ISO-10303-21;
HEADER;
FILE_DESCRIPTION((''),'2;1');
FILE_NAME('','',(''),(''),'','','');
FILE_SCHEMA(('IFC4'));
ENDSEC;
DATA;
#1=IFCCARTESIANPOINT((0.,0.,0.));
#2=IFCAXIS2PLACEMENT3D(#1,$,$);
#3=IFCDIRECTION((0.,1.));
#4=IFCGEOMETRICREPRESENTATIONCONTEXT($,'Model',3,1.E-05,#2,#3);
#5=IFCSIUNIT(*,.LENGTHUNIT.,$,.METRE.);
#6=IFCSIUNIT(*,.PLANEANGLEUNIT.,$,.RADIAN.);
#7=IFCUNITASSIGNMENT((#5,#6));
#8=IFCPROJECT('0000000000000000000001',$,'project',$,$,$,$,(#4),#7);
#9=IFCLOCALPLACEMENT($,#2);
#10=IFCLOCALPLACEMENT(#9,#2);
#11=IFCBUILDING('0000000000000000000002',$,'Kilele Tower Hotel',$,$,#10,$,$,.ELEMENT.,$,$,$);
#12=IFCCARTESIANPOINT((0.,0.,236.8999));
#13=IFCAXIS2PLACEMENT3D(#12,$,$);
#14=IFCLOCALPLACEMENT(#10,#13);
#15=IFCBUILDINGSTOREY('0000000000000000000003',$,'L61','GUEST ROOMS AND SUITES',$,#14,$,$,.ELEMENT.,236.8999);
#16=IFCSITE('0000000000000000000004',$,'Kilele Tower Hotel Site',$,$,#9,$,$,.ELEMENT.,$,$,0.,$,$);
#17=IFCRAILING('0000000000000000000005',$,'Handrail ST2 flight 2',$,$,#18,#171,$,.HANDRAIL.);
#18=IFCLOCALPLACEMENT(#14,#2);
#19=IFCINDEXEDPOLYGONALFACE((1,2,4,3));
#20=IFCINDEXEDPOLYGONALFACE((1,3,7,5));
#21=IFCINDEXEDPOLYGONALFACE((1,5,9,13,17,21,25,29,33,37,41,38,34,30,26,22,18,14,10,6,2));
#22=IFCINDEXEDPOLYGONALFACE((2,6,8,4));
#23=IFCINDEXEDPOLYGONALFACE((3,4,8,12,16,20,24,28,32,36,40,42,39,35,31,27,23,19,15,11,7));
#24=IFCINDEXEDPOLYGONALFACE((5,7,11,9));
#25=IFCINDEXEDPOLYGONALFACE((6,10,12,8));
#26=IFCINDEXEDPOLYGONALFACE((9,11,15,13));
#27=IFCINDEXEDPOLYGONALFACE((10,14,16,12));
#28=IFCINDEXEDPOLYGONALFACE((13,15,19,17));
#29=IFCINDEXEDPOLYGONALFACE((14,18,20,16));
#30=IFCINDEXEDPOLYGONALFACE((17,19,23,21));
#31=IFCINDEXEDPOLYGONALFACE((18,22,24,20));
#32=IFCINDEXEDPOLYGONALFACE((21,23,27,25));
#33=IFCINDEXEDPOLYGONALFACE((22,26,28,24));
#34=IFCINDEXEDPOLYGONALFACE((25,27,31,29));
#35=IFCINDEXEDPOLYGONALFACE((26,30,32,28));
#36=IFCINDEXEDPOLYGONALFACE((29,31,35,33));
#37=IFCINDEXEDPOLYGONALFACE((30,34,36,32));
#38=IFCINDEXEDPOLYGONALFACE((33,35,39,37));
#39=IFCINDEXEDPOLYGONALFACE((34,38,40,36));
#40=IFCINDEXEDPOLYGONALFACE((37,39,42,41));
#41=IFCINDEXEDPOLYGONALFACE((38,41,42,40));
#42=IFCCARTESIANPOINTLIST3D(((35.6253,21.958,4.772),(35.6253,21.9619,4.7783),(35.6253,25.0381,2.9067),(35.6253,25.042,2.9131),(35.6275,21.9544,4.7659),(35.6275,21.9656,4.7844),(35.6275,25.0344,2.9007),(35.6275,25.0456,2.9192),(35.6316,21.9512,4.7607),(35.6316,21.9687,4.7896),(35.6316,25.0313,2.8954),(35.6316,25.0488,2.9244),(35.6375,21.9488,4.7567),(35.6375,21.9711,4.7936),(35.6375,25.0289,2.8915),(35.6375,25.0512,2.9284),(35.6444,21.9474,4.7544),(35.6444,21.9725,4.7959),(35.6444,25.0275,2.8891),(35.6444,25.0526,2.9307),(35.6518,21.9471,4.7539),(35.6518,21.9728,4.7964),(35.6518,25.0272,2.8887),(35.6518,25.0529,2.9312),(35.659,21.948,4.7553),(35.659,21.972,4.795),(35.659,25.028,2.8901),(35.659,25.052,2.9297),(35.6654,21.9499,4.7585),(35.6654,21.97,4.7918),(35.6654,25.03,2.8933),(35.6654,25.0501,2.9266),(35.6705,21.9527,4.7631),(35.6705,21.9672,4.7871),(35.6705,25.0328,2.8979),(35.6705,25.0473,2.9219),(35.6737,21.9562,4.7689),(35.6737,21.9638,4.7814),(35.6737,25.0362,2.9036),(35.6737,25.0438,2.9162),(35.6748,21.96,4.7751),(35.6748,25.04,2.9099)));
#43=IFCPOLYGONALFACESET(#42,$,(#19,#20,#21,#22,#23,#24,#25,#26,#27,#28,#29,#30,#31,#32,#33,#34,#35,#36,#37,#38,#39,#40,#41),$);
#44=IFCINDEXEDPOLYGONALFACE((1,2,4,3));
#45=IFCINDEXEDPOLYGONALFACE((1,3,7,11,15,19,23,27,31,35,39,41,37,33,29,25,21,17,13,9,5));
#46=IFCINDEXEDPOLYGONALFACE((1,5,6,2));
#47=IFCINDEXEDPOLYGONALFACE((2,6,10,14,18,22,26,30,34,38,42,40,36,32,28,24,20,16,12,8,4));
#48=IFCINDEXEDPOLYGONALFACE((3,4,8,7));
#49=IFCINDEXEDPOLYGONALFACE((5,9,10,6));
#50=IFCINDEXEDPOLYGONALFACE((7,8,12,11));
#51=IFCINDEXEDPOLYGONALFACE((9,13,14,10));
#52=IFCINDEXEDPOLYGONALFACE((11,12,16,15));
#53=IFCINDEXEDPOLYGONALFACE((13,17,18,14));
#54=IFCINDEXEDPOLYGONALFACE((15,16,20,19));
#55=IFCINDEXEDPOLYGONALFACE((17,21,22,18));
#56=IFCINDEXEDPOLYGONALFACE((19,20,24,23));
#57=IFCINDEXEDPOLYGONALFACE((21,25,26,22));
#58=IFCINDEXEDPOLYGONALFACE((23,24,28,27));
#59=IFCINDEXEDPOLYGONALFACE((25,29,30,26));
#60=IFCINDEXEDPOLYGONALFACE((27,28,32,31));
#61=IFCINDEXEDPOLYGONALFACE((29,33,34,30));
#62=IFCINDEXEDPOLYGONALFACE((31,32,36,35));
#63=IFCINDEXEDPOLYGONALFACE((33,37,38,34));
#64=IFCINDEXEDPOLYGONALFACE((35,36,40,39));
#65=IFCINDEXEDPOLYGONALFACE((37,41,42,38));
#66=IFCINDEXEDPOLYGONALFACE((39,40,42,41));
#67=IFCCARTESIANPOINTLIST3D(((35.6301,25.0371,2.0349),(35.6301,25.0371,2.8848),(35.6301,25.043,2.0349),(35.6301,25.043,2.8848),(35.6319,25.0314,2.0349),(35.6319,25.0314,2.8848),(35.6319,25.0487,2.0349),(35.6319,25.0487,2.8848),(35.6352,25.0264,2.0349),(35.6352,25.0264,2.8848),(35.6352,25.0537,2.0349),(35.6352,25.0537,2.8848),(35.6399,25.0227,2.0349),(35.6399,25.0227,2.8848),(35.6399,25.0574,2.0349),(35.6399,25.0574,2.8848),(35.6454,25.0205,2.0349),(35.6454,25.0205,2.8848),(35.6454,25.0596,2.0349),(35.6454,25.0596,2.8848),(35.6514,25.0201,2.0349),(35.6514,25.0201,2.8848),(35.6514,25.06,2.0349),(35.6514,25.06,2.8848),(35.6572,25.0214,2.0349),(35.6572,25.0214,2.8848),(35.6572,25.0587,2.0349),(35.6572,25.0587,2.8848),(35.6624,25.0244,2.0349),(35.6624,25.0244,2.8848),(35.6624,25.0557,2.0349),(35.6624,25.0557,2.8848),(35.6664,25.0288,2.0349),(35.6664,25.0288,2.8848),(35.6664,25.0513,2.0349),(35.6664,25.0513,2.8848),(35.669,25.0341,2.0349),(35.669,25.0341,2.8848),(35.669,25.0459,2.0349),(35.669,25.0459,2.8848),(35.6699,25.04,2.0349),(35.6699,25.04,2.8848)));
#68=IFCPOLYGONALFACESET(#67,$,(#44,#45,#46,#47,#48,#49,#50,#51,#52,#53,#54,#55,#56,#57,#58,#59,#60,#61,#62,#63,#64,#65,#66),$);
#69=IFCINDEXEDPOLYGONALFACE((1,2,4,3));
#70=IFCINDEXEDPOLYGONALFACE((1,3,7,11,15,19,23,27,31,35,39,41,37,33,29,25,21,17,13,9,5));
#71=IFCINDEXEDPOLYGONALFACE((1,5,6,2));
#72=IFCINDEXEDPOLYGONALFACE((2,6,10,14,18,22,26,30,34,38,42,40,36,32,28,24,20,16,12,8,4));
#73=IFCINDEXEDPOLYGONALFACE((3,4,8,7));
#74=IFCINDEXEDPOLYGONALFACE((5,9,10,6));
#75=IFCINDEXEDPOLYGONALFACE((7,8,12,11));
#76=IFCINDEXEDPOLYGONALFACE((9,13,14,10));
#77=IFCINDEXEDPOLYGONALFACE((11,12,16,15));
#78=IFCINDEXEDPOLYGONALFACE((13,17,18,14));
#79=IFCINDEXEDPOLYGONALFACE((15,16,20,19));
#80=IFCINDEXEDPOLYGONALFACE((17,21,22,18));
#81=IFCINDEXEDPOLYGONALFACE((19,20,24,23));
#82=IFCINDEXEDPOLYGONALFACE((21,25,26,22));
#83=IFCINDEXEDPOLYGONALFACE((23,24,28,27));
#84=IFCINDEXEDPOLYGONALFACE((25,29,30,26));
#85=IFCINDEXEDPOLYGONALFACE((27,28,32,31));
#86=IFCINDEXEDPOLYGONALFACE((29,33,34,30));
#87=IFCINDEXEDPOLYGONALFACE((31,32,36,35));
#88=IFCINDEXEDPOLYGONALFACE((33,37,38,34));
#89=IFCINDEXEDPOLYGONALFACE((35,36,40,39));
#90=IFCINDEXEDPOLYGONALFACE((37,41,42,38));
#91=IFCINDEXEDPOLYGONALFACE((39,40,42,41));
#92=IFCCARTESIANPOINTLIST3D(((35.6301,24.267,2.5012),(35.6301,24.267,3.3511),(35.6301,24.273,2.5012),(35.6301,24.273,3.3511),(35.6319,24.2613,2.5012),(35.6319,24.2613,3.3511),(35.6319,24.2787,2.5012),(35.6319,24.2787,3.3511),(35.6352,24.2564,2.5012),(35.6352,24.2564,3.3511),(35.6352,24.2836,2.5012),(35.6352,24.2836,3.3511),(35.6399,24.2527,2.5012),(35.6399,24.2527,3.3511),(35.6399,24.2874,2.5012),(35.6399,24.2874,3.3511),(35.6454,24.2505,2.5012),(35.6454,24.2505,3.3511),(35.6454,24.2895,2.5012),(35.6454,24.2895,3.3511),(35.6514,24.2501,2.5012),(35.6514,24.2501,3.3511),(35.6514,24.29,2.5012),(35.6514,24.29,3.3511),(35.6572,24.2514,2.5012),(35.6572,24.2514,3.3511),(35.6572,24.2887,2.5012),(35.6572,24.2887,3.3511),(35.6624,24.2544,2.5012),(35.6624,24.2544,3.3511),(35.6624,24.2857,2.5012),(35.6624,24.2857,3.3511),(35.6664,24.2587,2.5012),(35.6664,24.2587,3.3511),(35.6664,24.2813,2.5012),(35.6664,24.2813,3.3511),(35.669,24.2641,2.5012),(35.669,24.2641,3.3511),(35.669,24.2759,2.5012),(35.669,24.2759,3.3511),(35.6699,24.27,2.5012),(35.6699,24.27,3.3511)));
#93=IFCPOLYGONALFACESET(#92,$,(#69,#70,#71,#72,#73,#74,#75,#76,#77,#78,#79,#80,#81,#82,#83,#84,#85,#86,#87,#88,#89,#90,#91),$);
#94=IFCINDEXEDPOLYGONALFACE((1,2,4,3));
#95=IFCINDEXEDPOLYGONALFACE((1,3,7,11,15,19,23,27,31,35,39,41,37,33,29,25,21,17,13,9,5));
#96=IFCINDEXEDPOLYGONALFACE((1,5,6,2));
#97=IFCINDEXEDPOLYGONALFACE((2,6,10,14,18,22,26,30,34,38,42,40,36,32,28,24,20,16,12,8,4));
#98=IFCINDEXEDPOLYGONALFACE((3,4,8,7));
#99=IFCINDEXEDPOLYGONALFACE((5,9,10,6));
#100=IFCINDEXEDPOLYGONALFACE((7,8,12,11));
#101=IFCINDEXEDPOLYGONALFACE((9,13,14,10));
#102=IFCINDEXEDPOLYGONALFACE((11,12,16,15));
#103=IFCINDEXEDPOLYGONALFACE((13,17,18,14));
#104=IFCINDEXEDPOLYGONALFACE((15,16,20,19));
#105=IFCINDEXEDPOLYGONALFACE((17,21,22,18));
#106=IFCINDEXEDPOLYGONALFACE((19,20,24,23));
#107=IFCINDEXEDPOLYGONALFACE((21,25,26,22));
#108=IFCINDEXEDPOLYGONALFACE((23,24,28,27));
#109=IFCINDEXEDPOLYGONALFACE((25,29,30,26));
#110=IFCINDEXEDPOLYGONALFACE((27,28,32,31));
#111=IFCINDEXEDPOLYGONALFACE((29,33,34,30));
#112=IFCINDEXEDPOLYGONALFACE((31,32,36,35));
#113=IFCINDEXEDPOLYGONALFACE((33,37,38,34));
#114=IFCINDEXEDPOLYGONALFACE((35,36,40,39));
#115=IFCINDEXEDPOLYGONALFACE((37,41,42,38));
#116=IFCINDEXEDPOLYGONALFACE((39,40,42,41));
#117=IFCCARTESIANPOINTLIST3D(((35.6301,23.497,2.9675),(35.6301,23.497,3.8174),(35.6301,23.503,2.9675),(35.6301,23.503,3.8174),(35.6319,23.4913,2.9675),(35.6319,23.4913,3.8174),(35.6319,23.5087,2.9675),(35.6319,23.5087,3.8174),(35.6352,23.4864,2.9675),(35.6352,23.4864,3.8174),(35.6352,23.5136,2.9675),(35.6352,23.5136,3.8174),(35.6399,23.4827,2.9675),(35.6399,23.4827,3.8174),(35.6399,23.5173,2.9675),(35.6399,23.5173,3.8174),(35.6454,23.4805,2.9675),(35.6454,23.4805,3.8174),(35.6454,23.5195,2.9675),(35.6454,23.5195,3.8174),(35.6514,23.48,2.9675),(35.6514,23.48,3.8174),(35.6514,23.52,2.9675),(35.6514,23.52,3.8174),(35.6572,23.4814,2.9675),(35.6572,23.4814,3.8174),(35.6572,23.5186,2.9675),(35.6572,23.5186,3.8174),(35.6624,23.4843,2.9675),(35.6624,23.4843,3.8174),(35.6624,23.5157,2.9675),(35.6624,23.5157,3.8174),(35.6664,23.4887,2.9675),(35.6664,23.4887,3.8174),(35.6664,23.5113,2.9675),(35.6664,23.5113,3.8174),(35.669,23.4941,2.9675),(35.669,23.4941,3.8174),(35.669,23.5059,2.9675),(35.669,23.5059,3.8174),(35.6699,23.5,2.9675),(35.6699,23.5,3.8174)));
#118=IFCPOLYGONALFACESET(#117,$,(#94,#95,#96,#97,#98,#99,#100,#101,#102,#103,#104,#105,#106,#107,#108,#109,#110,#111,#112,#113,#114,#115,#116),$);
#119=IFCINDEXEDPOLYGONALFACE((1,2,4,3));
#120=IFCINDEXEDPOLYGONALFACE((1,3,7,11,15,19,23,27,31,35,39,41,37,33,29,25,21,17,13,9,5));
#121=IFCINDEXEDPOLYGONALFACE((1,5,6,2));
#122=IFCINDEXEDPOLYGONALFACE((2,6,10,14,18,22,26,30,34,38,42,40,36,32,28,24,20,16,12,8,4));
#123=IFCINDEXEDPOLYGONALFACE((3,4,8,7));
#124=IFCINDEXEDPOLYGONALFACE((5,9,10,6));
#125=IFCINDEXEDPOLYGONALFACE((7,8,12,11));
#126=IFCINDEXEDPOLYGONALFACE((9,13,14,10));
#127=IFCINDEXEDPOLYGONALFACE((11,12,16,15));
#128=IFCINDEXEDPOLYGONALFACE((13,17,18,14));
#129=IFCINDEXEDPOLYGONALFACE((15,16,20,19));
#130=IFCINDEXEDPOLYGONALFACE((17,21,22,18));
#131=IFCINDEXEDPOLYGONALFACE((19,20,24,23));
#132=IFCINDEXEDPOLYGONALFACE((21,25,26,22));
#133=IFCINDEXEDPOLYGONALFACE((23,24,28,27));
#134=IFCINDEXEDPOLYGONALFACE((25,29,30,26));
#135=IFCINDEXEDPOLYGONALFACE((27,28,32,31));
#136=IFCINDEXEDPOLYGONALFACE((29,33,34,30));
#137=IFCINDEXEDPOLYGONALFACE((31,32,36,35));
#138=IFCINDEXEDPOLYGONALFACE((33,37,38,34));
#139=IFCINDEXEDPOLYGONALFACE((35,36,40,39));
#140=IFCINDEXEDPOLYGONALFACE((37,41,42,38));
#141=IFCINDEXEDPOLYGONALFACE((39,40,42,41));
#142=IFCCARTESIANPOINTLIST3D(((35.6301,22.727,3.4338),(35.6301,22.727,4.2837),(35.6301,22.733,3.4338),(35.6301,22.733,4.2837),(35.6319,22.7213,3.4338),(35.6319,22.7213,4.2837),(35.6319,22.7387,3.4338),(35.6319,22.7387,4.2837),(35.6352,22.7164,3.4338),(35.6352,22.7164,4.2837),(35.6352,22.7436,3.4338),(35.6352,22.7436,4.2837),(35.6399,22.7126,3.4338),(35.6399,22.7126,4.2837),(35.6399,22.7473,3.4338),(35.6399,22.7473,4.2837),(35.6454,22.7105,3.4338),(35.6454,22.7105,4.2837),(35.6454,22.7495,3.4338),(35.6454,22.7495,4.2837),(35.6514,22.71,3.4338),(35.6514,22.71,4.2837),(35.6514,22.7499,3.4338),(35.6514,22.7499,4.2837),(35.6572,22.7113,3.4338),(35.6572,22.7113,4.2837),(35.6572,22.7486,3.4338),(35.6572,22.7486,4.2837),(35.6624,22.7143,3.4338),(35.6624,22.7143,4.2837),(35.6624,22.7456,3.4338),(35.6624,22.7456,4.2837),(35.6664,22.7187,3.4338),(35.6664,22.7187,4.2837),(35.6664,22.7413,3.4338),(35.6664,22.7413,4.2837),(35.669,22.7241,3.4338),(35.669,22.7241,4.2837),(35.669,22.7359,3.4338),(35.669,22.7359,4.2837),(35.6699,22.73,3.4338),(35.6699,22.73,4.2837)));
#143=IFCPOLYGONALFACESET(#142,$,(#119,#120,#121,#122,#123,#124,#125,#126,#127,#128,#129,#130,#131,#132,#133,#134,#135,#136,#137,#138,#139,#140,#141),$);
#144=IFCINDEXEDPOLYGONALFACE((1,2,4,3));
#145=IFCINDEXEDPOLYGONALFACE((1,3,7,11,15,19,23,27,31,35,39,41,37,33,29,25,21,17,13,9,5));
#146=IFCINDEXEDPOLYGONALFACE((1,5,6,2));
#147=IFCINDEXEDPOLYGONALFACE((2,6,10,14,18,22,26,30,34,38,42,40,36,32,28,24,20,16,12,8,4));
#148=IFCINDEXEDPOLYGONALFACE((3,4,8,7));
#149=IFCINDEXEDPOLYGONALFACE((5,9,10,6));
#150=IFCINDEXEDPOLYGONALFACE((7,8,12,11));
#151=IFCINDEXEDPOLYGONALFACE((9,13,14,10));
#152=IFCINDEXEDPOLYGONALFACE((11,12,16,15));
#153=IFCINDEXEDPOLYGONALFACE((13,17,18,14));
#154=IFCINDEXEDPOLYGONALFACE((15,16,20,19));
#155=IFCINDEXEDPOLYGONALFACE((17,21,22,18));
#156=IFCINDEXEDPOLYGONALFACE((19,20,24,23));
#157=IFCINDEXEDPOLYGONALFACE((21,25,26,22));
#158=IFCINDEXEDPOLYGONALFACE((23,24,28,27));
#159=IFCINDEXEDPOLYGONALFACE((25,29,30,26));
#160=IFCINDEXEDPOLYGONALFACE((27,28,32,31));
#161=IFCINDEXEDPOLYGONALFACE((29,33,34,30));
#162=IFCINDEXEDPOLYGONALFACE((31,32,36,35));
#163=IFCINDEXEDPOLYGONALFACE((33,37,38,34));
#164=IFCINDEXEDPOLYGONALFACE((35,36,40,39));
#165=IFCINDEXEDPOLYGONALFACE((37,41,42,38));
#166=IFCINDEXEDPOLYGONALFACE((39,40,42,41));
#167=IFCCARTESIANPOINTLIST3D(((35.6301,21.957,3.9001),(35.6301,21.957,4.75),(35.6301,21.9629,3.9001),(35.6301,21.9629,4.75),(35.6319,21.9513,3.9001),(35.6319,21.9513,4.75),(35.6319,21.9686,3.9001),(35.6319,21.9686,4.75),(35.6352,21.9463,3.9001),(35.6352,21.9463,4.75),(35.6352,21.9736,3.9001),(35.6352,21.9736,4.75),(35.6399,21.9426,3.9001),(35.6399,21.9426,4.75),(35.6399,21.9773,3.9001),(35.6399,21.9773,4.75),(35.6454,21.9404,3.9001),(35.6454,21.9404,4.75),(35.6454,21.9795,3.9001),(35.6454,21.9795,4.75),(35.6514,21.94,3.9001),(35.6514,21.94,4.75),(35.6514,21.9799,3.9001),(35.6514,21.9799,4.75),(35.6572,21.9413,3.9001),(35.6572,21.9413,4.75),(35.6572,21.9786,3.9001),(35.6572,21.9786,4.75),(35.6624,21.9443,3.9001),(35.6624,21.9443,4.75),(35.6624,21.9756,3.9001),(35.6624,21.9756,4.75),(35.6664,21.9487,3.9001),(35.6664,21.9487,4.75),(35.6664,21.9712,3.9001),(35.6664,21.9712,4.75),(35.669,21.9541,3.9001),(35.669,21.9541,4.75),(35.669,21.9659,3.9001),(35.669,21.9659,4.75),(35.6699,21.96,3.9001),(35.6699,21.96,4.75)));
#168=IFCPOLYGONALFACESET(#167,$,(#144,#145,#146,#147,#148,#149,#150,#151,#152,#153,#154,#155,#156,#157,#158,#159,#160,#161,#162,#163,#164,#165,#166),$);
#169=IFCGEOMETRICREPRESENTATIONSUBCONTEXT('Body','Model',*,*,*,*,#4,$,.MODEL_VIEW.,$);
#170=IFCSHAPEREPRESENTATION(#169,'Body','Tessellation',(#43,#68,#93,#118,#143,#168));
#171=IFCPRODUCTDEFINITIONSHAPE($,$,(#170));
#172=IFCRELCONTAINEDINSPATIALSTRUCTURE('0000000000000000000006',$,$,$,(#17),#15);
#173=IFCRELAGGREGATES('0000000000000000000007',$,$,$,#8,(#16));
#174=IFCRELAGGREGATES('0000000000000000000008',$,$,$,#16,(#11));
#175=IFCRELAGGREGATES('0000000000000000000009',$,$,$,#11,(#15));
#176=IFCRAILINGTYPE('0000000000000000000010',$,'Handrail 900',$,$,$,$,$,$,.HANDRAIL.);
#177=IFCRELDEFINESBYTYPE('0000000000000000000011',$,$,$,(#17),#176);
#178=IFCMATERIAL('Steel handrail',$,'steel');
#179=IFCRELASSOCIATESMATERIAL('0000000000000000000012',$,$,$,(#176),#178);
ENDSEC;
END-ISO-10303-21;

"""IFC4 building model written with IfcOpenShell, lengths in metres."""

from ifc_helpers import new_model, si_unit, direction, frame, origin, origin_2d, place, context, subcontext, project, spatial, circle, extrude, material, type_object, element, save


model = new_model("IFC4")

# Units and contexts
model_context = context("Model", 3, precision=1e-05, world=origin(), true_north=direction((0.0, 1.0)))
body_context = subcontext(model_context, "Body", "Model", "MODEL_VIEW")
ifc_project = project(units=[si_unit("LENGTHUNIT", "METRE"), si_unit("PLANEANGLEUNIT", "RADIAN")], contexts=[model_context])

# Site, building, storey
site_placement = place(None, origin())
site = spatial("IfcSite", under=ifc_project, at=site_placement, Name="Kilele Tower Hotel Site", CompositionType="ELEMENT", RefElevation=0.0)
building_placement = place(site_placement, origin())
building = spatial("IfcBuilding", under=site, at=building_placement, Name="Kilele Tower Hotel", CompositionType="ELEMENT")
storey_placement = place(building_placement, frame((0.0, 0.0, 236.8999)))
storey = spatial("IfcBuildingStorey", under=building, at=storey_placement, Name="L61", Description="GUEST ROOMS AND SUITES", CompositionType="ELEMENT", Elevation=236.8999)

# Railing
ifc_material_1 = material(Name="Steel handrail", Category="steel")
railing_type_1 = type_object("IfcRailingType", Name="Handrail 900", PredefinedType="HANDRAIL", material=ifc_material_1)
for number, where, name in (
    (1, (35.6499, 25.04, 2.0349), "Handrail ST2 flight 2"),
):
    element("IfcRailing", number, at=place(storey_placement, frame(where)), inside=storey, type_object=railing_type_1, Name=name, PredefinedType="HANDRAIL", context=body_context, shape_type="SweptSolid", body=[
        extrude(circle(Radius=0.0249, at=origin_2d()), frame((0.0, 0.0, 0.875), z_axis=(0.0, -0.85538, 0.518001), x_axis=(1.0, 0.0, 0.0)), (0.0, 0.0, 1.0), 3.6008),
        extrude(circle(Radius=0.02, at=origin_2d()), origin(), (0.0, 0.0, 1.0), 0.8499),
        extrude(circle(Radius=0.02, at=origin_2d()), frame((0.0, -0.77, 0.4663)), (0.0, 0.0, 1.0), 0.8499),
        extrude(circle(Radius=0.02, at=origin_2d()), frame((0.0, -1.54, 0.9326)), (0.0, 0.0, 1.0), 0.8499),
        extrude(circle(Radius=0.02, at=origin_2d()), frame((0.0, -2.3101, 1.3989)), (0.0, 0.0, 1.0), 0.8499),
        extrude(circle(Radius=0.02, at=origin_2d()), frame((0.0, -3.0801, 1.8652)), (0.0, 0.0, 1.0), 0.8499),
    ])

save(model, "model.ifc")
